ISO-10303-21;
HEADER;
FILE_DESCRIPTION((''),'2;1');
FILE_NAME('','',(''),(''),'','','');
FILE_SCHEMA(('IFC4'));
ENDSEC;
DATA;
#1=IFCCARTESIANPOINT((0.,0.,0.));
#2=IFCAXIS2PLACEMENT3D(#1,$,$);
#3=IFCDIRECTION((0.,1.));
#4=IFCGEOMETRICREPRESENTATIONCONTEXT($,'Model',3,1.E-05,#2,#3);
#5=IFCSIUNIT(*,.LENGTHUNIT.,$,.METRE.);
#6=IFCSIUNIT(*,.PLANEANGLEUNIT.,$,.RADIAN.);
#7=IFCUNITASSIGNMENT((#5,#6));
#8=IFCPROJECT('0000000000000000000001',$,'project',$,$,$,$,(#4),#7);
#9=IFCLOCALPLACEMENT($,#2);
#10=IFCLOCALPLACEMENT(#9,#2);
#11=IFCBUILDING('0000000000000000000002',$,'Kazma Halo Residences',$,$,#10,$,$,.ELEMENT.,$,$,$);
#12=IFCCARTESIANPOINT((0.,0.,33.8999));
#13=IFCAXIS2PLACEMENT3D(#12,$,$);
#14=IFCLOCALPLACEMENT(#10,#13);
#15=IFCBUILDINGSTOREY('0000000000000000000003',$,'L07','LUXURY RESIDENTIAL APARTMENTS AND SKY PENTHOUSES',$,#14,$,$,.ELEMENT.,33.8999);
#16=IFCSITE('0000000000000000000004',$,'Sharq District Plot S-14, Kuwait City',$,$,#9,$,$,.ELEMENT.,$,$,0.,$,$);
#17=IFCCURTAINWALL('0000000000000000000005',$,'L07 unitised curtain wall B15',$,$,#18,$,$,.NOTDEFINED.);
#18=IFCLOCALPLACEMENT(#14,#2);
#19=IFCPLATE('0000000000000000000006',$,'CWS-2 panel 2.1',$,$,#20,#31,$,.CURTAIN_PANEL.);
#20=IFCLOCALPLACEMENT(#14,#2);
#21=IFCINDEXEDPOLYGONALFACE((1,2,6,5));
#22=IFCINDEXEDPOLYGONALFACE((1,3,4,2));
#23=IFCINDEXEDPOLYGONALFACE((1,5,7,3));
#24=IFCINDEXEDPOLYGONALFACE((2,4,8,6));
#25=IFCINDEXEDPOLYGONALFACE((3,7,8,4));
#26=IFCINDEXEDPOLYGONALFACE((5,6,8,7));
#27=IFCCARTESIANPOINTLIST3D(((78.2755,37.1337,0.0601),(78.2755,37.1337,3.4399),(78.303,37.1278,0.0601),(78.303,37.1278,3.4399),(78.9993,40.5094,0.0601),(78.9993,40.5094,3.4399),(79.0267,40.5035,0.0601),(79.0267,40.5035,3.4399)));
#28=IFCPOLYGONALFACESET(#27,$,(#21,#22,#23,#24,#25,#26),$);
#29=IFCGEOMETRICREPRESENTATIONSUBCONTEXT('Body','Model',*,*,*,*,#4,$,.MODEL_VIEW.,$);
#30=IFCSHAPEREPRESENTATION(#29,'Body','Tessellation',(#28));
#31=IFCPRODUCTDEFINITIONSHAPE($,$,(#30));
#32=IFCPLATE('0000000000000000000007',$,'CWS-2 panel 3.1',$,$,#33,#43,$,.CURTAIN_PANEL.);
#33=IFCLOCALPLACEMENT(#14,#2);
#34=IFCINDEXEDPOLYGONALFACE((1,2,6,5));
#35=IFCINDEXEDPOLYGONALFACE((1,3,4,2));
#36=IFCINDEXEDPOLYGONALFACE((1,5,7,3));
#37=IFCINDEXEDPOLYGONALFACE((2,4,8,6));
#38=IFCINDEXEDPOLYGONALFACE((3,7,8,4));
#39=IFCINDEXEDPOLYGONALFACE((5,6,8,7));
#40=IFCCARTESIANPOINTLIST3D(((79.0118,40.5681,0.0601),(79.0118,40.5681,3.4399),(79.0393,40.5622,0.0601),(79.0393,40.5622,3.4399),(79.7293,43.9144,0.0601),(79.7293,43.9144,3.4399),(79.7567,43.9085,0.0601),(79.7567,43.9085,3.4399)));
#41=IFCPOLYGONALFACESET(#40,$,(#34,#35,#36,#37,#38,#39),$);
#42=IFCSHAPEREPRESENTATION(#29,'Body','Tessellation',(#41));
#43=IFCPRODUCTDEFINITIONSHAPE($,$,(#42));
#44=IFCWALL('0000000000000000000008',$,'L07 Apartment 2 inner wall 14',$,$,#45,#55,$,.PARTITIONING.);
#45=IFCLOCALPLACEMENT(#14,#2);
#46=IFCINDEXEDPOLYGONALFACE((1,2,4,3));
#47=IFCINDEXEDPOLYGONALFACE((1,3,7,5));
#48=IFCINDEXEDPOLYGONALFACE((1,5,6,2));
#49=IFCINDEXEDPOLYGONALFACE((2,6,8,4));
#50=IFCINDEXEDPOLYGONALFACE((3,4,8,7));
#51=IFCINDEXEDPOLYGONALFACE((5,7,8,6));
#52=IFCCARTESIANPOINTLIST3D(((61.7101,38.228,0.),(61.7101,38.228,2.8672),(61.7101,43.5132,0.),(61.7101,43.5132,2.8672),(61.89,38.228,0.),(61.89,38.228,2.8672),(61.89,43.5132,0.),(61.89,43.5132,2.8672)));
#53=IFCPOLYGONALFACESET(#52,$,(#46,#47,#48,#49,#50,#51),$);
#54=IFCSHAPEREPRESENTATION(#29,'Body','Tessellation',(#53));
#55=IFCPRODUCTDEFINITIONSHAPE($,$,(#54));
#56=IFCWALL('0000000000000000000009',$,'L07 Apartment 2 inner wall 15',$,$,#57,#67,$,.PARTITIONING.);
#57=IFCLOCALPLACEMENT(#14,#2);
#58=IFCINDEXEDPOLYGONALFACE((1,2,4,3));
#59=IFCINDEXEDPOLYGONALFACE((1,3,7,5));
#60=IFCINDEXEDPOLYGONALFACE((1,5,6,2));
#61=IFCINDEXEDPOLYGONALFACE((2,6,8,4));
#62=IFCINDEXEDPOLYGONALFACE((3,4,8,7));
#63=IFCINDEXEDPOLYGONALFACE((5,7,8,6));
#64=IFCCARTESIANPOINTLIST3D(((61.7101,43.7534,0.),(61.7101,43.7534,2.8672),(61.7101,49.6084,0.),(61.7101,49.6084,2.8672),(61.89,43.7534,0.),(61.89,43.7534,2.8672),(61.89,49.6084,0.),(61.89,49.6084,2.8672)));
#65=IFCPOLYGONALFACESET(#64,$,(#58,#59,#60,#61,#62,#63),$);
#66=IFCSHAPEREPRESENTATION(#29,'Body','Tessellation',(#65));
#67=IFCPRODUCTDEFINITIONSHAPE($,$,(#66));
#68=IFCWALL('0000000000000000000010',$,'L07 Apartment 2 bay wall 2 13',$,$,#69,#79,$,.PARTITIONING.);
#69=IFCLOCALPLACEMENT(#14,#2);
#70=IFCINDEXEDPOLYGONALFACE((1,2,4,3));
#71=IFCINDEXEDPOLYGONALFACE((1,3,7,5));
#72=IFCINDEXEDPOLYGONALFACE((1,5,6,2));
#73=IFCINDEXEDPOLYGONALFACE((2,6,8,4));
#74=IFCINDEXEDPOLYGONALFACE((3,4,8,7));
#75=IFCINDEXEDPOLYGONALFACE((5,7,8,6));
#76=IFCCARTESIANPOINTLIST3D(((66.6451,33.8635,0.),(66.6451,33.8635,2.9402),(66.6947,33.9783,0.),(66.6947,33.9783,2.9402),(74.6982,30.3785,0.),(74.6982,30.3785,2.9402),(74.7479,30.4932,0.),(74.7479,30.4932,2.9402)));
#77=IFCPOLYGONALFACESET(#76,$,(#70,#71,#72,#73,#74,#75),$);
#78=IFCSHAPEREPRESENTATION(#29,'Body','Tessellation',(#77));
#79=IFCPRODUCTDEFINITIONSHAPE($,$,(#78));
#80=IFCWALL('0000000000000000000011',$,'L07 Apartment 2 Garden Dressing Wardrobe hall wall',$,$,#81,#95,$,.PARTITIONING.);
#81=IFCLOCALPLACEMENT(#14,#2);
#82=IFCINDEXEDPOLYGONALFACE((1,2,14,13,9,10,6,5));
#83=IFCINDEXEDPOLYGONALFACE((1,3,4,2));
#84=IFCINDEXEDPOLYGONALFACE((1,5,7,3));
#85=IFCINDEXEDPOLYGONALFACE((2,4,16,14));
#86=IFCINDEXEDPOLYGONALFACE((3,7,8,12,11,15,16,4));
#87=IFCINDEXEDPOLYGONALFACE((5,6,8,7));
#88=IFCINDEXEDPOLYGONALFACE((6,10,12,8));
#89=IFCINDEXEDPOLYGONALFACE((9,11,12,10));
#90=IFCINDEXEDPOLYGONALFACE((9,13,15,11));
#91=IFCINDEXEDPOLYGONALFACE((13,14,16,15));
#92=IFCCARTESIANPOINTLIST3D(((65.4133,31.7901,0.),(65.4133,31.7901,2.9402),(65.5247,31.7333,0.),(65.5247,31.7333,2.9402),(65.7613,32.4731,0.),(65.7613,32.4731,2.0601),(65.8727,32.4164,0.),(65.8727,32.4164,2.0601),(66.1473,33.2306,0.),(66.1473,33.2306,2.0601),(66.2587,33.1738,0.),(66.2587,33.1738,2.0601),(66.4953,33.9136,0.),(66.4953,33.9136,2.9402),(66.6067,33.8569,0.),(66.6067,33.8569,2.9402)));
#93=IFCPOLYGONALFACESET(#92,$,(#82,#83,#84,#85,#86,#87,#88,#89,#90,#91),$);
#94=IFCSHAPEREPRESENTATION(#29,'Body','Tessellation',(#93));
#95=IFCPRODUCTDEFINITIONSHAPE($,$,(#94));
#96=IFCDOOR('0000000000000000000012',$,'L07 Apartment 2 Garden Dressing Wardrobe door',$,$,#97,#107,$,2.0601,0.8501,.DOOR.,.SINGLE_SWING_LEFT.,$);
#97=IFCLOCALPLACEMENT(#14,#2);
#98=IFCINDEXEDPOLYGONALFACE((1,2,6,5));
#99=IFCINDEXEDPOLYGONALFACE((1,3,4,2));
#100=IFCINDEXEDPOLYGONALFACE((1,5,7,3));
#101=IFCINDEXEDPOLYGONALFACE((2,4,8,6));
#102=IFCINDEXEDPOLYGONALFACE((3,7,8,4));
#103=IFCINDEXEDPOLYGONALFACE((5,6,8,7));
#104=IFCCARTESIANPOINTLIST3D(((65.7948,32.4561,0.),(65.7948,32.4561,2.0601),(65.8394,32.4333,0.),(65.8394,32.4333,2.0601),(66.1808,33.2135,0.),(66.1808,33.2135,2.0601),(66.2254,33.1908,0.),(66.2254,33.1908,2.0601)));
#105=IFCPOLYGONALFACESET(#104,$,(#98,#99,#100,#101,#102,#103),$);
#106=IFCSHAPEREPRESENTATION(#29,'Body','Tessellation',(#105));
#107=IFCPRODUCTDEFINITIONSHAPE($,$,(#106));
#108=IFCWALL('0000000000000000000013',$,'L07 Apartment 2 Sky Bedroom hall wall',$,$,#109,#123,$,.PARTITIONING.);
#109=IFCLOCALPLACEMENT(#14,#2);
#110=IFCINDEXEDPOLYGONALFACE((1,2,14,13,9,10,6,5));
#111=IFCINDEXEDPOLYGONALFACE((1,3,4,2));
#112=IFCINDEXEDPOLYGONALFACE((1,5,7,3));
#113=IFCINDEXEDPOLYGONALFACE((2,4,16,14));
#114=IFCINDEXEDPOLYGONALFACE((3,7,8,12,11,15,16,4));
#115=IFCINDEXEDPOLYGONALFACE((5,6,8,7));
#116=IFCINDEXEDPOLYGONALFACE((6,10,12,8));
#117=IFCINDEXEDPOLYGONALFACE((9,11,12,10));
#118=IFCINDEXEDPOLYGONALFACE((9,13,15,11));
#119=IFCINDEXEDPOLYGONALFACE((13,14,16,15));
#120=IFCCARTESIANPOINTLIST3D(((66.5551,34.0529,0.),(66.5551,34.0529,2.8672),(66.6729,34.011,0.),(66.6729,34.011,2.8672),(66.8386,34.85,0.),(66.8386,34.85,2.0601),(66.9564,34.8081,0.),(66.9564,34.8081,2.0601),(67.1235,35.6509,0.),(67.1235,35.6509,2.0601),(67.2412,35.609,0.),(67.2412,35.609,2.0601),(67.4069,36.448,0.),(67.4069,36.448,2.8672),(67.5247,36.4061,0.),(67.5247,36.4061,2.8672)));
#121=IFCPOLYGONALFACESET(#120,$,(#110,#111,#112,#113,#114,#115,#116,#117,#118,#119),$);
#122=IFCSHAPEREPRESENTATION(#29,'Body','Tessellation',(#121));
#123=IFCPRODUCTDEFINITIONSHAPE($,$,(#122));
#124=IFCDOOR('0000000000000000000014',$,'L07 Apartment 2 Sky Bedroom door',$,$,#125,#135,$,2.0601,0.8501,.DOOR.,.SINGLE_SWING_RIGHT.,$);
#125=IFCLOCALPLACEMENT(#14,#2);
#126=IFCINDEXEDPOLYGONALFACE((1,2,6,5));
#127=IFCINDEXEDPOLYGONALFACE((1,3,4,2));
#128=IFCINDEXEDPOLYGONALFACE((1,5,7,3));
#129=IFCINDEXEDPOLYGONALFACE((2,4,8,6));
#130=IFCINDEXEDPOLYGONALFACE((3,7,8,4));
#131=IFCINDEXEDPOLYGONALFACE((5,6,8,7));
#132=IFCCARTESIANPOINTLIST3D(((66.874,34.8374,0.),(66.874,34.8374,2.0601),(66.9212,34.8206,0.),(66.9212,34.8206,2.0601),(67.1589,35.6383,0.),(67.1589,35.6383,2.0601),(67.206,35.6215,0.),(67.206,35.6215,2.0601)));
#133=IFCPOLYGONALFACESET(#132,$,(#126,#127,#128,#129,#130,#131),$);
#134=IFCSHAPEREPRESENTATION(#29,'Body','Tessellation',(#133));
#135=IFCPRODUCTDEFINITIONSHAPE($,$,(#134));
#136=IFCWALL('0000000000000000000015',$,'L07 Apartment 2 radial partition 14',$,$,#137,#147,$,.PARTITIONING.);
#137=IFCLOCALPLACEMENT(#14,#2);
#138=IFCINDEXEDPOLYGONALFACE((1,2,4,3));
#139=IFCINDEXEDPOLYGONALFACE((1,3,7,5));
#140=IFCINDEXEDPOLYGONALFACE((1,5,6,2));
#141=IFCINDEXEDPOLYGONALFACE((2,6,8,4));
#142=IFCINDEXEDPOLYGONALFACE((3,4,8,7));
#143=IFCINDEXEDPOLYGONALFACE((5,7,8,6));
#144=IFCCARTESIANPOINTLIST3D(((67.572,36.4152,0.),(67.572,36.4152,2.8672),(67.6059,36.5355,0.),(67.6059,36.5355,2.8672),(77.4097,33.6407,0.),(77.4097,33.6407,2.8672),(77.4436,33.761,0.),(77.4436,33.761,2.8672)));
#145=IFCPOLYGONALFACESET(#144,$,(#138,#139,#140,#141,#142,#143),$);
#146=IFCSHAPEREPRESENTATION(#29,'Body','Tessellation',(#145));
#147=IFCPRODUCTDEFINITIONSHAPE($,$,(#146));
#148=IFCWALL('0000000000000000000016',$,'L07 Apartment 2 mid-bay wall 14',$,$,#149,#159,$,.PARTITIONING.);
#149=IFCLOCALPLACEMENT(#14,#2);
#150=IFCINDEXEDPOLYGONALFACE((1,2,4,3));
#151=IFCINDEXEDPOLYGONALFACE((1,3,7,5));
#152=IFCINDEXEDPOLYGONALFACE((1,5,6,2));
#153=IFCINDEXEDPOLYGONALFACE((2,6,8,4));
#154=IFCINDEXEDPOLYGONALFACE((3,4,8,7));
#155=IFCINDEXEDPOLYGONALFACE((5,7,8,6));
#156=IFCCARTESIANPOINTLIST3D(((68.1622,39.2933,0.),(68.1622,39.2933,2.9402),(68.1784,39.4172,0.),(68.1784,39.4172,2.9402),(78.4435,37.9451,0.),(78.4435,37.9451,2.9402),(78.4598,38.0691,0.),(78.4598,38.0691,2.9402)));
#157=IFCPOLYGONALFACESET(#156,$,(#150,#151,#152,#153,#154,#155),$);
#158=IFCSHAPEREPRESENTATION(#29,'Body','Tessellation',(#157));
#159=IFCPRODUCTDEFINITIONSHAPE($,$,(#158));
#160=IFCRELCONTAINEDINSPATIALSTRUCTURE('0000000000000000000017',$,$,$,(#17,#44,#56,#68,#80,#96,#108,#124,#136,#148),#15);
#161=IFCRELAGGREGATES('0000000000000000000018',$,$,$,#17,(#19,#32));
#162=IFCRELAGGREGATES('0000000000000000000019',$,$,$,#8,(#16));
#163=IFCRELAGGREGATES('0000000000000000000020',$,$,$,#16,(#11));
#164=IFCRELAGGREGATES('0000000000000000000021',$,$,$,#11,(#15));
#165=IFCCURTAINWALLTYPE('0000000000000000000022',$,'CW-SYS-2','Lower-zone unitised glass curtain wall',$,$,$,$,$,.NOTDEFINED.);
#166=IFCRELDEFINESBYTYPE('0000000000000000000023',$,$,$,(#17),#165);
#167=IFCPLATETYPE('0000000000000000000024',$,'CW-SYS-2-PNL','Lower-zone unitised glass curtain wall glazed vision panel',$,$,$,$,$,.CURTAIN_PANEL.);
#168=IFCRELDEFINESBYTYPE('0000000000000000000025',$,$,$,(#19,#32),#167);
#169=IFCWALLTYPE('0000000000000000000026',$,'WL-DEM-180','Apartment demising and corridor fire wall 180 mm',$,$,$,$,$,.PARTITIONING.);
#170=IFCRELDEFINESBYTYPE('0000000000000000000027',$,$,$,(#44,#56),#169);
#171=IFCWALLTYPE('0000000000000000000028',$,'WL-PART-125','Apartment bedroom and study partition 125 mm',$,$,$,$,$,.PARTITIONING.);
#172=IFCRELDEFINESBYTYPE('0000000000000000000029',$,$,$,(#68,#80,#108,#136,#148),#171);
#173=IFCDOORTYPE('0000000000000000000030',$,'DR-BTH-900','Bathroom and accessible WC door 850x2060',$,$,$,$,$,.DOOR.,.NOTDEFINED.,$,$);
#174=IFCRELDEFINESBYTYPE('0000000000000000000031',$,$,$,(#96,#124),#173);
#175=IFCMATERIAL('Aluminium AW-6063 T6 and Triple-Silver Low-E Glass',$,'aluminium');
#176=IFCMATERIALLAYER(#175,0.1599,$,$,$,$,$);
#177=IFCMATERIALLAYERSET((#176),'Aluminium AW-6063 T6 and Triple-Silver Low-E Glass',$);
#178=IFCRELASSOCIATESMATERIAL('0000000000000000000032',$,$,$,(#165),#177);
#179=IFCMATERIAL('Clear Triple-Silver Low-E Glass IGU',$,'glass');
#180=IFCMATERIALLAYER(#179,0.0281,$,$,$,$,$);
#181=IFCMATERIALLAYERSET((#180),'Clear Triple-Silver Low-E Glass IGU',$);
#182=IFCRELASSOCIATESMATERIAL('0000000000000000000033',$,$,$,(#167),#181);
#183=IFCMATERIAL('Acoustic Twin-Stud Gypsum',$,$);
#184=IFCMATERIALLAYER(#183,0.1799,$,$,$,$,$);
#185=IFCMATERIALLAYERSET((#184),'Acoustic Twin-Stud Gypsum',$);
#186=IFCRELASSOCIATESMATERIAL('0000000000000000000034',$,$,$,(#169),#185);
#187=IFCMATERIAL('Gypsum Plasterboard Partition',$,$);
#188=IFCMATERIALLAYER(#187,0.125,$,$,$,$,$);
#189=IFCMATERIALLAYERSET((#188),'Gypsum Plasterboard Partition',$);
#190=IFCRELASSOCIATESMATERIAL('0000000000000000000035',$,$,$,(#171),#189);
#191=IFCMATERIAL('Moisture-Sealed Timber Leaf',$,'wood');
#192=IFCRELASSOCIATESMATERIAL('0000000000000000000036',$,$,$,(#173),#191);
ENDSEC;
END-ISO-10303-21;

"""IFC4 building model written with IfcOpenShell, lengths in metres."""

from ifc_helpers import new_model, si_unit, direction, frame, frame_2d, origin, origin_2d, place, context, subcontext, project, spatial, rectangle, extrude, material, layer, layer_set, type_object, element, fill, aggregate, save


model = new_model("IFC4")

# Units and contexts
model_context = context("Model", 3, precision=1e-05, world=origin(), true_north=direction((0.0, 1.0)))
body_context = subcontext(model_context, "Body", "Model", "MODEL_VIEW")
ifc_project = project(units=[si_unit("LENGTHUNIT", "METRE"), si_unit("PLANEANGLEUNIT", "RADIAN")], contexts=[model_context])

# Site, building, storey
site_placement = place(None, origin())
site = spatial("IfcSite", under=ifc_project, at=site_placement, Name="Sharq District Plot S-14, Kuwait City", CompositionType="ELEMENT", RefElevation=0.0)
building_placement = place(site_placement, origin())
building = spatial("IfcBuilding", under=site, at=building_placement, Name="Kazma Halo Residences", CompositionType="ELEMENT")
storey_placement = place(building_placement, frame((0.0, 0.0, 33.8999)))
storey = spatial("IfcBuildingStorey", under=building, at=storey_placement, Name="L07", Description="LUXURY RESIDENTIAL APARTMENTS AND SKY PENTHOUSES", CompositionType="ELEMENT", Elevation=33.8999)

# Curtain wall, plates
ifc_material_1 = material(Name="Aluminium AW-6063 T6 and Triple-Silver Low-E Glass", Category="aluminium")
ifc_layer_1 = layer(ifc_material_1, 0.1599)
ifc_layer_set_1 = layer_set([ifc_layer_1], Name="Aluminium AW-6063 T6 and Triple-Silver Low-E Glass")
curtain_wall_type = type_object("IfcCurtainWallType", Name="CW-SYS-2", Description="Lower-zone unitised glass curtain wall", PredefinedType="NOTDEFINED", material=ifc_layer_set_1)
curtain_wall_placement = place(storey_placement, origin())
curtain_wall = element("IfcCurtainWall", 1, at=curtain_wall_placement, inside=storey, type_object=curtain_wall_type, Name="L07 unitised curtain wall B15", PredefinedType="NOTDEFINED")
ifc_material_2 = material(Name="Clear Triple-Silver Low-E Glass IGU", Category="glass")
ifc_layer_2 = layer(ifc_material_2, 0.0281)
ifc_layer_set_2 = layer_set([ifc_layer_2], Name="Clear Triple-Silver Low-E Glass IGU")
plate_type = type_object("IfcPlateType", Name="CW-SYS-2-PNL", Description="Lower-zone unitised glass curtain wall glazed vision panel", PredefinedType="CURTAIN_PANEL", material=ifc_layer_set_2)
plate_1_placement = place(storey_placement, frame((78.6511, 38.8186, 0.0601), z_axis=(0.0, 0.0, 1.0), x_axis=(0.209637, 0.977779, 0.0)))
plate_1 = element("IfcPlate", 2, at=plate_1_placement, type_object=plate_type, Name="CWS-2 panel 2.1", PredefinedType="CURTAIN_PANEL", context=body_context, shape_type="SweptSolid", body=[
    extrude(rectangle(XDim=3.4524, YDim=0.0281, at=origin_2d()), origin(), (0.0, 0.0, 1.0), 3.3799),
])
plate_2_placement = place(storey_placement, frame((79.3843, 42.2383, 0.0601), z_axis=(0.0, 0.0, 1.0), x_axis=(0.209637, 0.977779, 0.0)))
plate_2 = element("IfcPlate", 3, at=plate_2_placement, type_object=plate_type, Name="CWS-2 panel 3.1", PredefinedType="CURTAIN_PANEL", context=body_context, shape_type="SweptSolid", body=[
    extrude(rectangle(XDim=3.4224, YDim=0.0281, at=origin_2d()), origin(), (0.0, 0.0, 1.0), 3.3799),
])
aggregate(curtain_wall, [plate_1, plate_2])

# Walls
ifc_material_3 = material(Name="Acoustic Twin-Stud Gypsum")
ifc_layer_3 = layer(ifc_material_3, 0.1799)
ifc_layer_set_3 = layer_set([ifc_layer_3], Name="Acoustic Twin-Stud Gypsum")
wall_type_1 = type_object("IfcWallType", Name="WL-DEM-180", Description="Apartment demising and corridor fire wall 180 mm", PredefinedType="PARTITIONING", material=ifc_layer_set_3)
wall_1_placement = place(storey_placement, frame((61.8, 38.228, 0.0), z_axis=(0.0, 0.0, 1.0), x_axis=(0.0, 1.0, 0.0)))
element("IfcWall", 4, at=wall_1_placement, inside=storey, type_object=wall_type_1, Name="L07 Apartment 2 inner wall 14", PredefinedType="PARTITIONING", context=body_context, shape_type="SweptSolid", body=[
    extrude(rectangle(XDim=5.2852, YDim=0.1799, at=frame_2d((2.6426, 0.0))), origin(), (0.0, 0.0, 1.0), 2.8672),
])
wall_2_placement = place(storey_placement, frame((61.8, 43.7534, 0.0), z_axis=(0.0, 0.0, 1.0), x_axis=(0.0, 1.0, 0.0)))
element("IfcWall", 5, at=wall_2_placement, inside=storey, type_object=wall_type_1, Name="L07 Apartment 2 inner wall 15", PredefinedType="PARTITIONING", context=body_context, shape_type="SweptSolid", body=[
    extrude(rectangle(XDim=5.855, YDim=0.1799, at=frame_2d((2.9275, 0.0))), origin(), (0.0, 0.0, 1.0), 2.8672),
])
ifc_material_4 = material(Name="Gypsum Plasterboard Partition")
ifc_layer_4 = layer(ifc_material_4, 0.125)
ifc_layer_set_4 = layer_set([ifc_layer_4], Name="Gypsum Plasterboard Partition")
wall_type_2 = type_object("IfcWallType", Name="WL-PART-125", Description="Apartment bedroom and study partition 125 mm", PredefinedType="PARTITIONING", material=ifc_layer_set_4)
wall_3_placement = place(storey_placement, frame((66.6699, 33.9209, 0.0), z_axis=(0.0, 0.0, 1.0), x_axis=(0.917748, -0.397164, 0.0)))
element("IfcWall", 6, at=wall_3_placement, inside=storey, type_object=wall_type_2, Name="L07 Apartment 2 bay wall 2 13", PredefinedType="PARTITIONING", context=body_context, shape_type="SweptSolid", body=[
    extrude(rectangle(XDim=8.7749, YDim=0.125, at=frame_2d((4.3875, 0.0))), origin(), (0.0, 0.0, 1.0), 2.9402),
])

# Walls, openings, doors
wall_4_placement = place(storey_placement, frame((65.469, 31.7617, 0.0), z_axis=(0.0, 0.0, 1.0), x_axis=(0.454003, 0.891, 0.0)))
wall_4 = element("IfcWall", 7, at=wall_4_placement, inside=storey, type_object=wall_type_2, Name="L07 Apartment 2 Garden Dressing Wardrobe hall wall", PredefinedType="PARTITIONING", context=body_context, shape_type="SweptSolid", body=[
    extrude(rectangle(XDim=2.3833, YDim=0.125, at=frame_2d((1.1917, 0.0))), origin(), (0.0, 0.0, 1.0), 2.9402),
])
opening_1_placement = place(wall_4_placement, frame((0.7666, 0.0, 0.0)))
opening_1 = element("IfcOpeningElement", 8, at=opening_1_placement, cuts=wall_4, PredefinedType="OPENING", context=body_context, shape_type="SweptSolid", body=[
    extrude(rectangle(XDim=0.8501, YDim=2.0601, at=frame_2d((0.425, 1.03))), frame((0.0, 0.0725, 0.0), z_axis=(0.0, -1.0, 0.0), x_axis=(1.0, 0.0, 0.0)), (0.0, 0.0, 1.0), 0.145),
])
ifc_material_5 = material(Name="Moisture-Sealed Timber Leaf", Category="wood")
door_type_1 = type_object("IfcDoorType", Name="DR-BTH-900", Description="Bathroom and accessible WC door 850x2060", OperationType="NOTDEFINED", PredefinedType="DOOR", material=ifc_material_5)
door_1_placement = place(opening_1_placement, origin())
door_1 = element("IfcDoor", 9, at=door_1_placement, inside=storey, type_object=door_type_1, Name="L07 Apartment 2 Garden Dressing Wardrobe door", OperationType="SINGLE_SWING_LEFT", OverallHeight=2.0601, OverallWidth=0.8501, PredefinedType="DOOR", context=body_context, shape_type="SweptSolid", body=[
    extrude(rectangle(XDim=0.8501, YDim=2.0601, at=frame_2d((0.425, 1.03))), frame((0.0, 0.0249, 0.0), z_axis=(0.0, -1.0, 0.0), x_axis=(1.0, 0.0, 0.0)), (0.0, 0.0, 1.0), 0.05),
])
fill(opening_1, door_1)
wall_5_placement = place(storey_placement, frame((66.614, 34.032, 0.0), z_axis=(0.0, 0.0, 1.0), x_axis=(0.335095, 0.942184, 0.0)))
wall_5 = element("IfcWall", 10, at=wall_5_placement, inside=storey, type_object=wall_type_2, Name="L07 Apartment 2 Sky Bedroom hall wall", PredefinedType="PARTITIONING", context=body_context, shape_type="SweptSolid", body=[
    extrude(rectangle(XDim=2.542, YDim=0.125, at=frame_2d((1.271, 0.0))), origin(), (0.0, 0.0, 1.0), 2.8672),
])
opening_2_placement = place(wall_5_placement, frame((0.8459, 0.0, 0.0)))
opening_2 = element("IfcOpeningElement", 11, at=opening_2_placement, cuts=wall_5, PredefinedType="OPENING", context=body_context, shape_type="SweptSolid", body=[
    extrude(rectangle(XDim=0.8501, YDim=2.0601, at=frame_2d((0.425, 1.03))), frame((0.0, 0.0725, 0.0), z_axis=(0.0, -1.0, 0.0), x_axis=(1.0, 0.0, 0.0)), (0.0, 0.0, 1.0), 0.145),
])
door_2_placement = place(opening_2_placement, origin())
door_2 = element("IfcDoor", 12, at=door_2_placement, inside=storey, type_object=door_type_1, Name="L07 Apartment 2 Sky Bedroom door", OperationType="SINGLE_SWING_RIGHT", OverallHeight=2.0601, OverallWidth=0.8501, PredefinedType="DOOR", context=body_context, shape_type="SweptSolid", body=[
    extrude(rectangle(XDim=0.8501, YDim=2.0601, at=frame_2d((0.425, 1.03))), frame((0.0, 0.0249, 0.0), z_axis=(0.0, -1.0, 0.0), x_axis=(1.0, 0.0, 0.0)), (0.0, 0.0, 1.0), 0.05),
])
fill(opening_2, door_2)

# Walls
wall_6_placement = place(storey_placement, frame((67.5889, 36.4753, 0.0), z_axis=(0.0, 0.0, 1.0), x_axis=(0.962458, -0.271432, 0.0)))
element("IfcWall", 13, at=wall_6_placement, inside=storey, type_object=wall_type_2, Name="L07 Apartment 2 radial partition 14", PredefinedType="PARTITIONING", context=body_context, shape_type="SweptSolid", body=[
    extrude(rectangle(XDim=10.2214, YDim=0.125, at=frame_2d((5.1108, 0.0))), origin(), (0.0, 0.0, 1.0), 2.8672),
])
wall_7_placement = place(storey_placement, frame((68.1704, 39.3552, 0.0), z_axis=(0.0, 0.0, 1.0), x_axis=(0.991513, -0.130011, 0.0)))
element("IfcWall", 14, at=wall_7_placement, inside=storey, type_object=wall_type_2, Name="L07 Apartment 2 mid-bay wall 14", PredefinedType="PARTITIONING", context=body_context, shape_type="SweptSolid", body=[
    extrude(rectangle(XDim=10.3694, YDim=0.125, at=frame_2d((5.1846, 0.0))), origin(), (0.0, 0.0, 1.0), 2.9402),
])

save(model, "model.ifc")
